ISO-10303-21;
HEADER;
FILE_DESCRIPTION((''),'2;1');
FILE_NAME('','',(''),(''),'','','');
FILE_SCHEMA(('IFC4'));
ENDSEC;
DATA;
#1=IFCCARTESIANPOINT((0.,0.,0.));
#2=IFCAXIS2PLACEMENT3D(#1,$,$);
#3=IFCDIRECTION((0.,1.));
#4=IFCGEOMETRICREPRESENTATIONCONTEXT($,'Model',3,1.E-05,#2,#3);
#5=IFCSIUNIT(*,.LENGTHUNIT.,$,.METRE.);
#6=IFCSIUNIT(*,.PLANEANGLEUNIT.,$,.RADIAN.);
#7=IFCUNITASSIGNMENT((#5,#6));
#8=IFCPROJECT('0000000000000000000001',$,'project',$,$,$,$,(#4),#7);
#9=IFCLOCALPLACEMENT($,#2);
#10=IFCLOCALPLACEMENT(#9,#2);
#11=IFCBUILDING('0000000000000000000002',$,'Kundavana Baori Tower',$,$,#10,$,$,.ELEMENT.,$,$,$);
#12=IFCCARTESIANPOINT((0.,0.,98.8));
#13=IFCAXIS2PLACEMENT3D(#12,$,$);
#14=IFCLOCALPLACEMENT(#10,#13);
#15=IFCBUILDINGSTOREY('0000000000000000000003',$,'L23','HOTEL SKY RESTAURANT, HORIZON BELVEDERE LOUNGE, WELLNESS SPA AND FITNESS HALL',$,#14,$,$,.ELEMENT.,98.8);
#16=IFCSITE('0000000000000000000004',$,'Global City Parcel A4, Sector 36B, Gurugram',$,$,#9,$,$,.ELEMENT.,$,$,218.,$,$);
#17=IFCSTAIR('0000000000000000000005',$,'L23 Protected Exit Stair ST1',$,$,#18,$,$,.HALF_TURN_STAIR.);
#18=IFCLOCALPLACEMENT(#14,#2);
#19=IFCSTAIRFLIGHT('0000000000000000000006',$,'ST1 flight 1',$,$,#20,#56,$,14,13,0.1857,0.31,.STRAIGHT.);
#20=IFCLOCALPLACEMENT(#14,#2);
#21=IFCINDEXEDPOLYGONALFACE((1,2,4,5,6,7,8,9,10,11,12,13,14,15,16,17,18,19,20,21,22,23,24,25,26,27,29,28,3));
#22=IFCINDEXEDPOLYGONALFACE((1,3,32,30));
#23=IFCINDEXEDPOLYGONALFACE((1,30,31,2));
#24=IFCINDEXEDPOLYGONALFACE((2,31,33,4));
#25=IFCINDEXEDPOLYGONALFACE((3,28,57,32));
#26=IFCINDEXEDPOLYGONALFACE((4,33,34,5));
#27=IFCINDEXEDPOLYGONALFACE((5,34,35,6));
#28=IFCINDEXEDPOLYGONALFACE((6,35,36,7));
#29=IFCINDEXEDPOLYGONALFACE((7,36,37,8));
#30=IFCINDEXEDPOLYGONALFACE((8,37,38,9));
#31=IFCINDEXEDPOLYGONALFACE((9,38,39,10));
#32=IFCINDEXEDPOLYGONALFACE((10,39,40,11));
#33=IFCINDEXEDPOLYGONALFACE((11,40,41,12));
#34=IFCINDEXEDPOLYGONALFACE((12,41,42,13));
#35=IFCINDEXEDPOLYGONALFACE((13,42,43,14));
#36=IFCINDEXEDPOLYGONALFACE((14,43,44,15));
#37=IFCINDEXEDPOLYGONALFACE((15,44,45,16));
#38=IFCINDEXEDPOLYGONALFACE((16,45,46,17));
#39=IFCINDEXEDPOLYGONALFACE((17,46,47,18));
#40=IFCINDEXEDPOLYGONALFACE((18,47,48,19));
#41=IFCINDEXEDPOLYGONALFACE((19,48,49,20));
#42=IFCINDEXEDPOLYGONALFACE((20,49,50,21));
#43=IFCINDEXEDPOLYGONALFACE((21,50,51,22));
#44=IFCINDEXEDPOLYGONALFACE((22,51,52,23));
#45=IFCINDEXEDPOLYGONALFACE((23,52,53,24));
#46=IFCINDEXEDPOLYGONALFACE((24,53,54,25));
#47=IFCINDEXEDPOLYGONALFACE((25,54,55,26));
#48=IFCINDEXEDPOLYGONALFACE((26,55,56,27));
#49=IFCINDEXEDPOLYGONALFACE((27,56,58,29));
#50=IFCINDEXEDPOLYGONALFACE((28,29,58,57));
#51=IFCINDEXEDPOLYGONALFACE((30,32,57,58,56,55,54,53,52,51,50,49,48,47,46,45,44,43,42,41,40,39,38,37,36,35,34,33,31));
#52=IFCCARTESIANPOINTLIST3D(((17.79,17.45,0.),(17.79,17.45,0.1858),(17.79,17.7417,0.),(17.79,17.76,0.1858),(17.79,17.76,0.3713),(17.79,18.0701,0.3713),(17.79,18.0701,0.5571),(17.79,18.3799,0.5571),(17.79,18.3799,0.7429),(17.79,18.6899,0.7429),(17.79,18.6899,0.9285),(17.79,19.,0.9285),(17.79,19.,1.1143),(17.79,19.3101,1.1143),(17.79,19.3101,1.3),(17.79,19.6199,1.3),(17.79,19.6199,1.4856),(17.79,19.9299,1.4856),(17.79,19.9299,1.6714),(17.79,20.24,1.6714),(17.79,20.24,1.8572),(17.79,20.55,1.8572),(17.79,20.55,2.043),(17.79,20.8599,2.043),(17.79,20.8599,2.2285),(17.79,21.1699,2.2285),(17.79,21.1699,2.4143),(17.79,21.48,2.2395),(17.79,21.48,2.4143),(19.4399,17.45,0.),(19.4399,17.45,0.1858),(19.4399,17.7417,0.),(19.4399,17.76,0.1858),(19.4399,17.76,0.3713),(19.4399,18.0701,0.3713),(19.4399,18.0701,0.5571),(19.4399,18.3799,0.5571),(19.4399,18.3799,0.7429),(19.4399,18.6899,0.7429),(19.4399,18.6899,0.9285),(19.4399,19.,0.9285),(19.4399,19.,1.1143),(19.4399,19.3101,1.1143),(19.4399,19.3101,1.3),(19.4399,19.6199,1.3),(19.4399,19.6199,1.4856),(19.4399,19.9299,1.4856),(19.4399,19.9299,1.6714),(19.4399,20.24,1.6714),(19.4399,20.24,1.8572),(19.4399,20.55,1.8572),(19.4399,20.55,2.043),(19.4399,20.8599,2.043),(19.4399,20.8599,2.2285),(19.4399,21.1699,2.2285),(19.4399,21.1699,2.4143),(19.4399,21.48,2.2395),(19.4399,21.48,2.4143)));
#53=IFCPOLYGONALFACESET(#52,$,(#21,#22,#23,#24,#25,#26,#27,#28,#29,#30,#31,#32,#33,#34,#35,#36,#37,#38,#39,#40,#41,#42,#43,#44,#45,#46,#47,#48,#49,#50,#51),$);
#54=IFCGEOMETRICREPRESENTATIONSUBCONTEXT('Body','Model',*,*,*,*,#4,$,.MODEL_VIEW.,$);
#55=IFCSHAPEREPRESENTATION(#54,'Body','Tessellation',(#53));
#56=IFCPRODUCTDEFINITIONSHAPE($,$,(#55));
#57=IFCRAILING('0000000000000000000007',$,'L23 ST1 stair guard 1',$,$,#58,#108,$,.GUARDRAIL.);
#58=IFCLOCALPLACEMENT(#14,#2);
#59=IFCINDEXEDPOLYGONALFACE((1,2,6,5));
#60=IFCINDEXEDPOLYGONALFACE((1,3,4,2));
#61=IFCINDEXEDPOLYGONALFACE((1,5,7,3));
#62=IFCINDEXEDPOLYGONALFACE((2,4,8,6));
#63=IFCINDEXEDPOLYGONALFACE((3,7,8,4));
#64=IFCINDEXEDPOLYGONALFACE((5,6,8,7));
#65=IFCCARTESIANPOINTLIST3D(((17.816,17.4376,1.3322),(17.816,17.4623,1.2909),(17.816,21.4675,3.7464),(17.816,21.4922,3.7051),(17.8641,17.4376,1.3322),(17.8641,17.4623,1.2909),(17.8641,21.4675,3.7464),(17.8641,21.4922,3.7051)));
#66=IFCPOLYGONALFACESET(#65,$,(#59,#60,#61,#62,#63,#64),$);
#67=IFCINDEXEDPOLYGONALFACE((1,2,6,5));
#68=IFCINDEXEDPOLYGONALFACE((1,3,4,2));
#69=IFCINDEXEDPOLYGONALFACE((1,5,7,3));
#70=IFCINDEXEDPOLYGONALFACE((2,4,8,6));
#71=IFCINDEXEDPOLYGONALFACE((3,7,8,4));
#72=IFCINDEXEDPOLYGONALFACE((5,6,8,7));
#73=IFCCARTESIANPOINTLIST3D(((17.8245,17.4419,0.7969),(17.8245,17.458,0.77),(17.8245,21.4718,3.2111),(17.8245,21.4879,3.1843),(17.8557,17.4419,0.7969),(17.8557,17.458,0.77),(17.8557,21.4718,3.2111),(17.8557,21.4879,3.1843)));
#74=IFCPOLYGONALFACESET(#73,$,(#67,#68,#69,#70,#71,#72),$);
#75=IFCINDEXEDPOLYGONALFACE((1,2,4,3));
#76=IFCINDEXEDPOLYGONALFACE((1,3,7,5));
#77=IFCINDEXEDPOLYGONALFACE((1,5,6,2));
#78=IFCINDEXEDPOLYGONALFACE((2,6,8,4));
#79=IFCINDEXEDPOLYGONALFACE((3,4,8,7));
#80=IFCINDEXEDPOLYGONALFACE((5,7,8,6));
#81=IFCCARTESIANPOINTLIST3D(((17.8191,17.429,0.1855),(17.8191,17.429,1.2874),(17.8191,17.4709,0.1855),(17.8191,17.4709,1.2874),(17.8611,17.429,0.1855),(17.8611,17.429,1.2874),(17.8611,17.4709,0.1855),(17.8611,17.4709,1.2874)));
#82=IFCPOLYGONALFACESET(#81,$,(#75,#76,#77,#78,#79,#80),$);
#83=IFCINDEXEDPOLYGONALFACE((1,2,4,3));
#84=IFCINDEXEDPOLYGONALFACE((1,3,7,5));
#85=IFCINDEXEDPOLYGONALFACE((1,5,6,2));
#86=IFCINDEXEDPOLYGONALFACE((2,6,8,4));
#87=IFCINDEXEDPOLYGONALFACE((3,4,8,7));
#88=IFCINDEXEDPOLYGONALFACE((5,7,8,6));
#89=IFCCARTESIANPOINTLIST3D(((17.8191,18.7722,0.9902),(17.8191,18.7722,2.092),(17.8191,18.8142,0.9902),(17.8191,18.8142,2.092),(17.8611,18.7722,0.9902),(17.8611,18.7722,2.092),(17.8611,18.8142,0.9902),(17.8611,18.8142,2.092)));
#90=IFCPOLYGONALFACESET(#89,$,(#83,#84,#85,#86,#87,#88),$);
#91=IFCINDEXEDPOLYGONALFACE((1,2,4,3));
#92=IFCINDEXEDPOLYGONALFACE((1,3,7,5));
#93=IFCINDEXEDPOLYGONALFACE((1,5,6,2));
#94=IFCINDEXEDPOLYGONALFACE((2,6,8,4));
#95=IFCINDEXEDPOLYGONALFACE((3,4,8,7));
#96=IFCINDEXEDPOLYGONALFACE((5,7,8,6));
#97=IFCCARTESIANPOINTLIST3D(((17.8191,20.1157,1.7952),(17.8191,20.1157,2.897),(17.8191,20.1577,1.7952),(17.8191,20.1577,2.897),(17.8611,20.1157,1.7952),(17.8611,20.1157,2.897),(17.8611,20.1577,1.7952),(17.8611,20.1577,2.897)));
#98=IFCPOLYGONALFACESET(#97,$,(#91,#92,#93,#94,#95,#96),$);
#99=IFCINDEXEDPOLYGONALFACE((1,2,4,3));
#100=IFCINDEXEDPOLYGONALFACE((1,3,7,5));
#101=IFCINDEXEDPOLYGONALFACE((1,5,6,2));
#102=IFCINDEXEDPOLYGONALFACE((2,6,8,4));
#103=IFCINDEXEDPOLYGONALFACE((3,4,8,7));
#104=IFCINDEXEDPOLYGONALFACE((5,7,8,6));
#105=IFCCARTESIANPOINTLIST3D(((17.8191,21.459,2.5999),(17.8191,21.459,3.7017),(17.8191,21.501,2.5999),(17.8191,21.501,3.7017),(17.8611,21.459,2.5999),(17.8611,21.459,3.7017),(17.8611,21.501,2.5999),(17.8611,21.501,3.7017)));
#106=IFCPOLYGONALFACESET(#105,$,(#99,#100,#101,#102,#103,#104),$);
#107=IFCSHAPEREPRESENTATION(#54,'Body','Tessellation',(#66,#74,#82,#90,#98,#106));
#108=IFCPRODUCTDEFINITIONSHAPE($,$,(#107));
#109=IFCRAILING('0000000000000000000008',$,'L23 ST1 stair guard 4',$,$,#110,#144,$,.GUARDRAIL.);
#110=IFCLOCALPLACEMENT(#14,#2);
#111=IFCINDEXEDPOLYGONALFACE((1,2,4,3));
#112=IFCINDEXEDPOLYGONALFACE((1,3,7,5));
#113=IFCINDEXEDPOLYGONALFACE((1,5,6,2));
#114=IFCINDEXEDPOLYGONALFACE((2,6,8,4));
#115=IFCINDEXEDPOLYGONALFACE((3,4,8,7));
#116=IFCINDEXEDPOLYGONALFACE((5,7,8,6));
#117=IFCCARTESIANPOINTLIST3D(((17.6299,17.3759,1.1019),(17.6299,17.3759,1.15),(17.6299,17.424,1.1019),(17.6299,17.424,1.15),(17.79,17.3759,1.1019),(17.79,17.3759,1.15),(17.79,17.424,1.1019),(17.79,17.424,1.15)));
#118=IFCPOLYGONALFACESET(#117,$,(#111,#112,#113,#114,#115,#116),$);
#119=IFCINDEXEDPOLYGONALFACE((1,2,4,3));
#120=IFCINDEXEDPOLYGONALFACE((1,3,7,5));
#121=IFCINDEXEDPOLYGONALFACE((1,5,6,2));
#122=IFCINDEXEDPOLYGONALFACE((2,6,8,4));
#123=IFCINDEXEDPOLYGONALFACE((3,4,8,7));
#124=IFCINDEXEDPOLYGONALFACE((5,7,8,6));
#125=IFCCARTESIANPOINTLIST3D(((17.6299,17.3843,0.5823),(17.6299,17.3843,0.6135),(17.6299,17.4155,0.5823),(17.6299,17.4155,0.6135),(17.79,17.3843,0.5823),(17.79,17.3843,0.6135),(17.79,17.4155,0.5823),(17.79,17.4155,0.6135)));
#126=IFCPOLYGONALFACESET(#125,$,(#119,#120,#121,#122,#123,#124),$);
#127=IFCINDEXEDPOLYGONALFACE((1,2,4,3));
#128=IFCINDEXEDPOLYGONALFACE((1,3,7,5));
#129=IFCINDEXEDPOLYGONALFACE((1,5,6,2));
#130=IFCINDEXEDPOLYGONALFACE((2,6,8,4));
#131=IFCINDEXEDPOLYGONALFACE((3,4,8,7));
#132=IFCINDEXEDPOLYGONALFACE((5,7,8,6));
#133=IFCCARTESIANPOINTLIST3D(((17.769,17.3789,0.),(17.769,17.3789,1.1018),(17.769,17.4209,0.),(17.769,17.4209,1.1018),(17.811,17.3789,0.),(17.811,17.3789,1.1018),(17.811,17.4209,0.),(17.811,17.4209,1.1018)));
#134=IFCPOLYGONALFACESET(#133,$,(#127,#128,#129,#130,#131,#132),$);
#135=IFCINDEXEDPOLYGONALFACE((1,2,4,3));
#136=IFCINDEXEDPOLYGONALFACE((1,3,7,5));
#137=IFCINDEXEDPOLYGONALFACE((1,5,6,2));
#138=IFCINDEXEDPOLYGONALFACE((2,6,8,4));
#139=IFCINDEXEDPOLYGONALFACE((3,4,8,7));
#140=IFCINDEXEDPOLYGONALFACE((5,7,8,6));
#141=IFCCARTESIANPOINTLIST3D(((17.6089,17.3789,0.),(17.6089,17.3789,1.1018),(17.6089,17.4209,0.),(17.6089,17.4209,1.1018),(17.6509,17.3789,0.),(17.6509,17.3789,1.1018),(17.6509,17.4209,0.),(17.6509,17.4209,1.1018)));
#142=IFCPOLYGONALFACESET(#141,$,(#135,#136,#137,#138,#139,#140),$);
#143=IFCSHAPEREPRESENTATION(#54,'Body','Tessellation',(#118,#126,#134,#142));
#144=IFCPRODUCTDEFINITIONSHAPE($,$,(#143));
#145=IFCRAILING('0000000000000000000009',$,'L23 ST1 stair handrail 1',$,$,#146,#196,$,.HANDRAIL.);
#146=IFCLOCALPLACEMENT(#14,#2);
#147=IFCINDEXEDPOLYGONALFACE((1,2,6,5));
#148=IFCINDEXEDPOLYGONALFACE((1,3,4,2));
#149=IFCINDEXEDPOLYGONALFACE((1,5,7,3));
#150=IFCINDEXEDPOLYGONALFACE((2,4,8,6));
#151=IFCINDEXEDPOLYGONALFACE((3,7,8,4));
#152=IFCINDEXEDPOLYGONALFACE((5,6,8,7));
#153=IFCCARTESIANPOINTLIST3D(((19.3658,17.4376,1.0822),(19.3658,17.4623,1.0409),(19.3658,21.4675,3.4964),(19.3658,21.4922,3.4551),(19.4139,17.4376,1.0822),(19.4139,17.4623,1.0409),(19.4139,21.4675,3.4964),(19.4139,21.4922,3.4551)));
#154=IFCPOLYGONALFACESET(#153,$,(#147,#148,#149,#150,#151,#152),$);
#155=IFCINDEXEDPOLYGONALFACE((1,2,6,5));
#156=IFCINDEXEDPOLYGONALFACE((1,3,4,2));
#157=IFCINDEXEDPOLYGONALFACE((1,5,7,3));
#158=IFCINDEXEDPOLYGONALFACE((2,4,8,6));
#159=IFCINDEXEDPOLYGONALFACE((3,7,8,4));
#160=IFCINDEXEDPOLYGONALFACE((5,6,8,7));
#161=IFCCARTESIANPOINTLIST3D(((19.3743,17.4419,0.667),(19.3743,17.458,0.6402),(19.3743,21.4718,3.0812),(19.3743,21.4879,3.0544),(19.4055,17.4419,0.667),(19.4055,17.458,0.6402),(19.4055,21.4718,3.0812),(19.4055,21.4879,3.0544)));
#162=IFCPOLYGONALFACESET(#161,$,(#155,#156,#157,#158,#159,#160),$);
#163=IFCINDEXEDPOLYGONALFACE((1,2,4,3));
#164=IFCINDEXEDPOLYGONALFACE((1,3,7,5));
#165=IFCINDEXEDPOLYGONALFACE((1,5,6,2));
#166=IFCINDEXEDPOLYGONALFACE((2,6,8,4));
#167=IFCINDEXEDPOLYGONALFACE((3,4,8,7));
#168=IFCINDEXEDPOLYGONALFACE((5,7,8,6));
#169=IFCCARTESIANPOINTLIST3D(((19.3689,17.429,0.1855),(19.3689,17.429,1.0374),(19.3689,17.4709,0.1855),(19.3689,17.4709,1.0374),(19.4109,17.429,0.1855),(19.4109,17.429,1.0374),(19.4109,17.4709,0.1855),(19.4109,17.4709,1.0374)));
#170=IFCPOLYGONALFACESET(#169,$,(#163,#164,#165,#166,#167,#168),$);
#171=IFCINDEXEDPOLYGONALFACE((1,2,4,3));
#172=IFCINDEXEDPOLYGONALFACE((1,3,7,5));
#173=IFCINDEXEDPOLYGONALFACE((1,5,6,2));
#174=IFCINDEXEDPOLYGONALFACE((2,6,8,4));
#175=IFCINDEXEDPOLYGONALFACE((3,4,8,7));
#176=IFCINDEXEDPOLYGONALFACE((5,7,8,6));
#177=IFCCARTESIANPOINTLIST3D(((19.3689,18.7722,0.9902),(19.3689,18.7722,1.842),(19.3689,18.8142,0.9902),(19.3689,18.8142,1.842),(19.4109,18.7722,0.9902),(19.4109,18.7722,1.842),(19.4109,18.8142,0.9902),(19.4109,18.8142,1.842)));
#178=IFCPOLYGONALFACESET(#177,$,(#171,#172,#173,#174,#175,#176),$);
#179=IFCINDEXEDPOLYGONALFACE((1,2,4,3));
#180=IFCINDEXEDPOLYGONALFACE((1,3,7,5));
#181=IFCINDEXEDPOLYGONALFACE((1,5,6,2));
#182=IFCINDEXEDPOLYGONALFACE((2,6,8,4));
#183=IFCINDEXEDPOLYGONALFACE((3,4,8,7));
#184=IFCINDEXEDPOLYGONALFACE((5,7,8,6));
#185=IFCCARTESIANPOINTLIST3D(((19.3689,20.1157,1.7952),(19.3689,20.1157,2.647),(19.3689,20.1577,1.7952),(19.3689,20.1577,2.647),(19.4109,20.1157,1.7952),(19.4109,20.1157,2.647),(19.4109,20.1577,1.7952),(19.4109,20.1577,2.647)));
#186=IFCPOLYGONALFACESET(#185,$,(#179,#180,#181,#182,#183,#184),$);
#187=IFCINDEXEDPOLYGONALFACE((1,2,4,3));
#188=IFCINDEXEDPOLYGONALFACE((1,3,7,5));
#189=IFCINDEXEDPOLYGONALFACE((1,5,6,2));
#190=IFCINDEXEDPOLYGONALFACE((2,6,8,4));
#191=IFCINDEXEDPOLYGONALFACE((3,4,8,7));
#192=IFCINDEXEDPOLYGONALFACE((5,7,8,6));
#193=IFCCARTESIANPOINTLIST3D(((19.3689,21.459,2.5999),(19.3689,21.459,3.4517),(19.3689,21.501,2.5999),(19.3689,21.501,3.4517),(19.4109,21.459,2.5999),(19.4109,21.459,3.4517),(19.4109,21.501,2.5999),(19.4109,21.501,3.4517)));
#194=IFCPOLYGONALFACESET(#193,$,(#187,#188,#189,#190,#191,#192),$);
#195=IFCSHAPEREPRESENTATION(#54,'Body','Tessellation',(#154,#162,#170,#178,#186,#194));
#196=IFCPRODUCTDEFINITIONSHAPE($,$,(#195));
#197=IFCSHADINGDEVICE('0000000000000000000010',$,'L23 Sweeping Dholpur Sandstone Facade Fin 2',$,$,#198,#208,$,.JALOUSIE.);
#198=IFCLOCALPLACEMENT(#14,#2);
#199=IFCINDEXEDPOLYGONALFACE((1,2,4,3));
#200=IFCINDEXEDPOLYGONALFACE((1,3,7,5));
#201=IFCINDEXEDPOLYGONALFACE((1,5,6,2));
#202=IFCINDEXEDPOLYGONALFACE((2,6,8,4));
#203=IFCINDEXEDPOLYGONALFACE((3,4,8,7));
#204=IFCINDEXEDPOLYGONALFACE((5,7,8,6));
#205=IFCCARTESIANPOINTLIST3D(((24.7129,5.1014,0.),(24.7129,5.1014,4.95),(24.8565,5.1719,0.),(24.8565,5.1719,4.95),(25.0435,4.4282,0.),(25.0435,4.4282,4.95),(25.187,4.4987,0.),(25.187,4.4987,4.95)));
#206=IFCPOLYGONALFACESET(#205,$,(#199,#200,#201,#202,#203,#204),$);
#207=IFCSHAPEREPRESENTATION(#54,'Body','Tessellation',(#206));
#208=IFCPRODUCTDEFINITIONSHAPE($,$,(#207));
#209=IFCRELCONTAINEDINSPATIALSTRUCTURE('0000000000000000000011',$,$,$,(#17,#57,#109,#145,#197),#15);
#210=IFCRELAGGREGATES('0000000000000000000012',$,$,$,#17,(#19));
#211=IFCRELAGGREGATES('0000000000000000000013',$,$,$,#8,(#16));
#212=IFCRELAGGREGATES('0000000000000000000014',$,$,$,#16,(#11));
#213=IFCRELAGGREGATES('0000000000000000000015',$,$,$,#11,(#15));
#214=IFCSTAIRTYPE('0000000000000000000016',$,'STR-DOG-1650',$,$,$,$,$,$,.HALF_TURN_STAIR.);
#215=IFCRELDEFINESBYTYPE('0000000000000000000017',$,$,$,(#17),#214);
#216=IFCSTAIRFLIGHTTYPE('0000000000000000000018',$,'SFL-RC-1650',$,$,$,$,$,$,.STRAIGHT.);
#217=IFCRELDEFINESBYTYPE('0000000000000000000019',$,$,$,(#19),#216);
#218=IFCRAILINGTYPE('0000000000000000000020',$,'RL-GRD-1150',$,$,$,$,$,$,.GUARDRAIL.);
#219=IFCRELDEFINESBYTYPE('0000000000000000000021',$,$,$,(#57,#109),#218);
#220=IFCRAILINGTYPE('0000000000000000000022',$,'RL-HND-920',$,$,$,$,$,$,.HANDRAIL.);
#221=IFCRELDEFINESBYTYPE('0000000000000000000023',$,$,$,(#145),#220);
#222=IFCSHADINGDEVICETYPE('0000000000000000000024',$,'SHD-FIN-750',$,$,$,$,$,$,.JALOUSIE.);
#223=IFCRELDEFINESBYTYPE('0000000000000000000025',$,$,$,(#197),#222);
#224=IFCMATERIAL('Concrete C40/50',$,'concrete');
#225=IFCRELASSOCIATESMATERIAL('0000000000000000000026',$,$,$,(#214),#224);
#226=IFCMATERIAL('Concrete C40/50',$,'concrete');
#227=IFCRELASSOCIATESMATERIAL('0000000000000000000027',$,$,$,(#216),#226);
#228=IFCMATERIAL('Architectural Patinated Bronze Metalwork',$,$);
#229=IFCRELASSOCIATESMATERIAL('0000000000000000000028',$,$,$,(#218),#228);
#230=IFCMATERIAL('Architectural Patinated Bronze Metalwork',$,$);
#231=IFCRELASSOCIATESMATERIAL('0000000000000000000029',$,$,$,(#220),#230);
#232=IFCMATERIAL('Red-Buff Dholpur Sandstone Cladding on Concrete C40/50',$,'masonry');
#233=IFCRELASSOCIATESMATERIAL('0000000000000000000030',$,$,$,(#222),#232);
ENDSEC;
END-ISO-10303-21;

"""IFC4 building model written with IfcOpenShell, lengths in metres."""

from ifc_helpers import new_model, si_unit, direction, frame, origin, origin_2d, place, context, subcontext, project, spatial, polyline, rectangle, outline, extrude, material, type_object, element, aggregate, save


model = new_model("IFC4")

# Units and contexts
model_context = context("Model", 3, precision=1e-05, world=origin(), true_north=direction((0.0, 1.0)))
body_context = subcontext(model_context, "Body", "Model", "MODEL_VIEW")
ifc_project = project(units=[si_unit("LENGTHUNIT", "METRE"), si_unit("PLANEANGLEUNIT", "RADIAN")], contexts=[model_context])

# Site, building, storey
site_placement = place(None, origin())
site = spatial("IfcSite", under=ifc_project, at=site_placement, Name="Global City Parcel A4, Sector 36B, Gurugram", CompositionType="ELEMENT", RefElevation=218.0)
building_placement = place(site_placement, origin())
building = spatial("IfcBuilding", under=site, at=building_placement, Name="Kundavana Baori Tower", CompositionType="ELEMENT")
storey_placement = place(building_placement, frame((0.0, 0.0, 98.8)))
storey = spatial("IfcBuildingStorey", under=building, at=storey_placement, Name="L23", Description="HOTEL SKY RESTAURANT, HORIZON BELVEDERE LOUNGE, WELLNESS SPA AND FITNESS HALL", CompositionType="ELEMENT", Elevation=98.8)

# Stair, stair flight
ifc_material_1 = material(Name="Concrete C40/50", Category="concrete")
stair_type = type_object("IfcStairType", Name="STR-DOG-1650", PredefinedType="HALF_TURN_STAIR", material=ifc_material_1)
stair_placement = place(storey_placement, origin())
stair = element("IfcStair", 1, at=stair_placement, inside=storey, type_object=stair_type, Name="L23 Protected Exit Stair ST1", PredefinedType="HALF_TURN_STAIR")
ifc_material_2 = material(Name="Concrete C40/50", Category="concrete")
stair_flight_type = type_object("IfcStairFlightType", Name="SFL-RC-1650", PredefinedType="STRAIGHT", material=ifc_material_2)
stair_flight_placement = place(storey_placement, frame((18.615, 17.45, 0.0), z_axis=(0.0, 0.0, 1.0), x_axis=(0.0, 1.0, 0.0)))
stair_flight = element("IfcStairFlight", 2, at=stair_flight_placement, type_object=stair_flight_type, Name="ST1 flight 1", NumberOfRisers=14, NumberOfTreads=13, PredefinedType="STRAIGHT", RiserHeight=0.1857, TreadLength=0.31, context=body_context, shape_type="SweptSolid", body=[
    extrude(outline(polyline([(0.0, 0.0), (0.0, 0.1858), (0.3101, 0.1858), (0.3101, 0.3713), (0.6201, 0.3713), (0.6201, 0.5571), (0.9299, 0.5571), (0.9299, 0.7429), (1.24, 0.7429), (1.24, 0.9285), (1.55, 0.9285), (1.55, 1.1143), (1.8601, 1.1143), (1.8601, 1.3), (2.1699, 1.3), (2.1699, 1.4856), (2.48, 1.4856), (2.48, 1.6714), (2.79, 1.6714), (2.79, 1.8572), (3.1001, 1.8572), (3.1001, 2.043), (3.4099, 2.043), (3.4099, 2.2285), (3.72, 2.2285), (3.72, 2.4143), (4.03, 2.4143), (4.03, 2.6001), (4.03, 2.2395), (0.2917, 0.0), (0.0, 0.0)])), frame((0.0, 0.825, 0.0), z_axis=(0.0, -1.0, 0.0), x_axis=(1.0, 0.0, 0.0)), (0.0, 0.0, 1.0), 1.6499),
])
aggregate(stair, [stair_flight])

# Railings
ifc_material_3 = material(Name="Architectural Patinated Bronze Metalwork")
railing_type_1 = type_object("IfcRailingType", Name="RL-GRD-1150", PredefinedType="GUARDRAIL", material=ifc_material_3)
railing_1_placement = place(storey_placement, frame((17.8401, 17.45, 0.1855)))
element("IfcRailing", 3, at=railing_1_placement, inside=storey, type_object=railing_type_1, Name="L23 ST1 stair guard 1", PredefinedType="GUARDRAIL", context=body_context, shape_type="SweptSolid", body=[
    extrude(rectangle(XDim=0.0481, YDim=0.0481, at=origin_2d()), frame((0.0, 0.0, 1.126), z_axis=(0.0, 0.857841, 0.513915), x_axis=(-1.0, 0.0, 0.0)), (0.0, 0.0, 1.0), 4.6978),
    extrude(rectangle(XDim=0.0312, YDim=0.0312, at=origin_2d()), frame((0.0, 0.0, 0.5979), z_axis=(0.0, 0.857841, 0.513915), x_axis=(-1.0, 0.0, 0.0)), (0.0, 0.0, 1.0), 4.6978),
    extrude(rectangle(XDim=0.042, YDim=0.042, at=origin_2d()), origin(), (0.0, 0.0, 1.0), 1.1018),
    extrude(rectangle(XDim=0.042, YDim=0.042, at=origin_2d()), frame((0.0, 1.3433, 0.8047)), (0.0, 0.0, 1.0), 1.1018),
    extrude(rectangle(XDim=0.042, YDim=0.042, at=origin_2d()), frame((0.0, 2.6868, 1.6096)), (0.0, 0.0, 1.0), 1.1018),
    extrude(rectangle(XDim=0.042, YDim=0.042, at=origin_2d()), frame((0.0, 4.03, 2.4143)), (0.0, 0.0, 1.0), 1.1018),
])
railing_2_placement = place(storey_placement, frame((17.79, 17.3999, 0.0)))
element("IfcRailing", 4, at=railing_2_placement, inside=storey, type_object=railing_type_1, Name="L23 ST1 stair guard 4", PredefinedType="GUARDRAIL", context=body_context, shape_type="SweptSolid", body=[
    extrude(rectangle(XDim=0.0481, YDim=0.0481, at=origin_2d()), frame((0.0, 0.0, 1.126), z_axis=(-1.0, 0.0, 0.0), x_axis=(0.0, -1.0, 0.0)), (0.0, 0.0, 1.0), 0.1602),
    extrude(rectangle(XDim=0.0312, YDim=0.0312, at=origin_2d()), frame((0.0, 0.0, 0.5979), z_axis=(-1.0, 0.0, 0.0), x_axis=(0.0, -1.0, 0.0)), (0.0, 0.0, 1.0), 0.1602),
    extrude(rectangle(XDim=0.042, YDim=0.042, at=origin_2d()), origin(), (0.0, 0.0, 1.0), 1.1018),
    extrude(rectangle(XDim=0.042, YDim=0.042, at=origin_2d()), frame((-0.1602, 0.0, 0.0)), (0.0, 0.0, 1.0), 1.1018),
])
ifc_material_4 = material(Name="Architectural Patinated Bronze Metalwork")
railing_type_2 = type_object("IfcRailingType", Name="RL-HND-920", PredefinedType="HANDRAIL", material=ifc_material_4)
railing_3_placement = place(storey_placement, frame((19.3899, 17.45, 0.1855)))
element("IfcRailing", 5, at=railing_3_placement, inside=storey, type_object=railing_type_2, Name="L23 ST1 stair handrail 1", PredefinedType="HANDRAIL", context=body_context, shape_type="SweptSolid", body=[
    extrude(rectangle(XDim=0.0481, YDim=0.0481, at=origin_2d()), frame((0.0, 0.0, 0.876), z_axis=(0.0, 0.857841, 0.513915), x_axis=(-1.0, 0.0, 0.0)), (0.0, 0.0, 1.0), 4.6978),
    extrude(rectangle(XDim=0.0312, YDim=0.0312, at=origin_2d()), frame((0.0, 0.0, 0.468), z_axis=(0.0, 0.857841, 0.513915), x_axis=(-1.0, 0.0, 0.0)), (0.0, 0.0, 1.0), 4.6978),
    extrude(rectangle(XDim=0.042, YDim=0.042, at=origin_2d()), origin(), (0.0, 0.0, 1.0), 0.8518),
    extrude(rectangle(XDim=0.042, YDim=0.042, at=origin_2d()), frame((0.0, 1.3433, 0.8047)), (0.0, 0.0, 1.0), 0.8518),
    extrude(rectangle(XDim=0.042, YDim=0.042, at=origin_2d()), frame((0.0, 2.6868, 1.6096)), (0.0, 0.0, 1.0), 0.8518),
    extrude(rectangle(XDim=0.042, YDim=0.042, at=origin_2d()), frame((0.0, 4.03, 2.4143)), (0.0, 0.0, 1.0), 0.8518),
])

# Shading device
ifc_material_5 = material(Name="Red-Buff Dholpur Sandstone Cladding on Concrete C40/50", Category="masonry")
shading_device_type = type_object("IfcShadingDeviceType", Name="SHD-FIN-750", PredefinedType="JALOUSIE", material=ifc_material_5)
shading_device_placement = place(storey_placement, frame((24.95, 4.8, 0.0), z_axis=(0.0, 0.0, 1.0), x_axis=(0.897643, 0.440723, 0.0)))
element("IfcShadingDevice", 6, at=shading_device_placement, inside=storey, type_object=shading_device_type, Name="L23 Sweeping Dholpur Sandstone Facade Fin 2", PredefinedType="JALOUSIE", context=body_context, shape_type="SweptSolid", body=[
    extrude(rectangle(XDim=0.1599, YDim=0.75, at=origin_2d()), origin(), (0.0, 0.0, 1.0), 4.95),
])

save(model, "model.ifc")
